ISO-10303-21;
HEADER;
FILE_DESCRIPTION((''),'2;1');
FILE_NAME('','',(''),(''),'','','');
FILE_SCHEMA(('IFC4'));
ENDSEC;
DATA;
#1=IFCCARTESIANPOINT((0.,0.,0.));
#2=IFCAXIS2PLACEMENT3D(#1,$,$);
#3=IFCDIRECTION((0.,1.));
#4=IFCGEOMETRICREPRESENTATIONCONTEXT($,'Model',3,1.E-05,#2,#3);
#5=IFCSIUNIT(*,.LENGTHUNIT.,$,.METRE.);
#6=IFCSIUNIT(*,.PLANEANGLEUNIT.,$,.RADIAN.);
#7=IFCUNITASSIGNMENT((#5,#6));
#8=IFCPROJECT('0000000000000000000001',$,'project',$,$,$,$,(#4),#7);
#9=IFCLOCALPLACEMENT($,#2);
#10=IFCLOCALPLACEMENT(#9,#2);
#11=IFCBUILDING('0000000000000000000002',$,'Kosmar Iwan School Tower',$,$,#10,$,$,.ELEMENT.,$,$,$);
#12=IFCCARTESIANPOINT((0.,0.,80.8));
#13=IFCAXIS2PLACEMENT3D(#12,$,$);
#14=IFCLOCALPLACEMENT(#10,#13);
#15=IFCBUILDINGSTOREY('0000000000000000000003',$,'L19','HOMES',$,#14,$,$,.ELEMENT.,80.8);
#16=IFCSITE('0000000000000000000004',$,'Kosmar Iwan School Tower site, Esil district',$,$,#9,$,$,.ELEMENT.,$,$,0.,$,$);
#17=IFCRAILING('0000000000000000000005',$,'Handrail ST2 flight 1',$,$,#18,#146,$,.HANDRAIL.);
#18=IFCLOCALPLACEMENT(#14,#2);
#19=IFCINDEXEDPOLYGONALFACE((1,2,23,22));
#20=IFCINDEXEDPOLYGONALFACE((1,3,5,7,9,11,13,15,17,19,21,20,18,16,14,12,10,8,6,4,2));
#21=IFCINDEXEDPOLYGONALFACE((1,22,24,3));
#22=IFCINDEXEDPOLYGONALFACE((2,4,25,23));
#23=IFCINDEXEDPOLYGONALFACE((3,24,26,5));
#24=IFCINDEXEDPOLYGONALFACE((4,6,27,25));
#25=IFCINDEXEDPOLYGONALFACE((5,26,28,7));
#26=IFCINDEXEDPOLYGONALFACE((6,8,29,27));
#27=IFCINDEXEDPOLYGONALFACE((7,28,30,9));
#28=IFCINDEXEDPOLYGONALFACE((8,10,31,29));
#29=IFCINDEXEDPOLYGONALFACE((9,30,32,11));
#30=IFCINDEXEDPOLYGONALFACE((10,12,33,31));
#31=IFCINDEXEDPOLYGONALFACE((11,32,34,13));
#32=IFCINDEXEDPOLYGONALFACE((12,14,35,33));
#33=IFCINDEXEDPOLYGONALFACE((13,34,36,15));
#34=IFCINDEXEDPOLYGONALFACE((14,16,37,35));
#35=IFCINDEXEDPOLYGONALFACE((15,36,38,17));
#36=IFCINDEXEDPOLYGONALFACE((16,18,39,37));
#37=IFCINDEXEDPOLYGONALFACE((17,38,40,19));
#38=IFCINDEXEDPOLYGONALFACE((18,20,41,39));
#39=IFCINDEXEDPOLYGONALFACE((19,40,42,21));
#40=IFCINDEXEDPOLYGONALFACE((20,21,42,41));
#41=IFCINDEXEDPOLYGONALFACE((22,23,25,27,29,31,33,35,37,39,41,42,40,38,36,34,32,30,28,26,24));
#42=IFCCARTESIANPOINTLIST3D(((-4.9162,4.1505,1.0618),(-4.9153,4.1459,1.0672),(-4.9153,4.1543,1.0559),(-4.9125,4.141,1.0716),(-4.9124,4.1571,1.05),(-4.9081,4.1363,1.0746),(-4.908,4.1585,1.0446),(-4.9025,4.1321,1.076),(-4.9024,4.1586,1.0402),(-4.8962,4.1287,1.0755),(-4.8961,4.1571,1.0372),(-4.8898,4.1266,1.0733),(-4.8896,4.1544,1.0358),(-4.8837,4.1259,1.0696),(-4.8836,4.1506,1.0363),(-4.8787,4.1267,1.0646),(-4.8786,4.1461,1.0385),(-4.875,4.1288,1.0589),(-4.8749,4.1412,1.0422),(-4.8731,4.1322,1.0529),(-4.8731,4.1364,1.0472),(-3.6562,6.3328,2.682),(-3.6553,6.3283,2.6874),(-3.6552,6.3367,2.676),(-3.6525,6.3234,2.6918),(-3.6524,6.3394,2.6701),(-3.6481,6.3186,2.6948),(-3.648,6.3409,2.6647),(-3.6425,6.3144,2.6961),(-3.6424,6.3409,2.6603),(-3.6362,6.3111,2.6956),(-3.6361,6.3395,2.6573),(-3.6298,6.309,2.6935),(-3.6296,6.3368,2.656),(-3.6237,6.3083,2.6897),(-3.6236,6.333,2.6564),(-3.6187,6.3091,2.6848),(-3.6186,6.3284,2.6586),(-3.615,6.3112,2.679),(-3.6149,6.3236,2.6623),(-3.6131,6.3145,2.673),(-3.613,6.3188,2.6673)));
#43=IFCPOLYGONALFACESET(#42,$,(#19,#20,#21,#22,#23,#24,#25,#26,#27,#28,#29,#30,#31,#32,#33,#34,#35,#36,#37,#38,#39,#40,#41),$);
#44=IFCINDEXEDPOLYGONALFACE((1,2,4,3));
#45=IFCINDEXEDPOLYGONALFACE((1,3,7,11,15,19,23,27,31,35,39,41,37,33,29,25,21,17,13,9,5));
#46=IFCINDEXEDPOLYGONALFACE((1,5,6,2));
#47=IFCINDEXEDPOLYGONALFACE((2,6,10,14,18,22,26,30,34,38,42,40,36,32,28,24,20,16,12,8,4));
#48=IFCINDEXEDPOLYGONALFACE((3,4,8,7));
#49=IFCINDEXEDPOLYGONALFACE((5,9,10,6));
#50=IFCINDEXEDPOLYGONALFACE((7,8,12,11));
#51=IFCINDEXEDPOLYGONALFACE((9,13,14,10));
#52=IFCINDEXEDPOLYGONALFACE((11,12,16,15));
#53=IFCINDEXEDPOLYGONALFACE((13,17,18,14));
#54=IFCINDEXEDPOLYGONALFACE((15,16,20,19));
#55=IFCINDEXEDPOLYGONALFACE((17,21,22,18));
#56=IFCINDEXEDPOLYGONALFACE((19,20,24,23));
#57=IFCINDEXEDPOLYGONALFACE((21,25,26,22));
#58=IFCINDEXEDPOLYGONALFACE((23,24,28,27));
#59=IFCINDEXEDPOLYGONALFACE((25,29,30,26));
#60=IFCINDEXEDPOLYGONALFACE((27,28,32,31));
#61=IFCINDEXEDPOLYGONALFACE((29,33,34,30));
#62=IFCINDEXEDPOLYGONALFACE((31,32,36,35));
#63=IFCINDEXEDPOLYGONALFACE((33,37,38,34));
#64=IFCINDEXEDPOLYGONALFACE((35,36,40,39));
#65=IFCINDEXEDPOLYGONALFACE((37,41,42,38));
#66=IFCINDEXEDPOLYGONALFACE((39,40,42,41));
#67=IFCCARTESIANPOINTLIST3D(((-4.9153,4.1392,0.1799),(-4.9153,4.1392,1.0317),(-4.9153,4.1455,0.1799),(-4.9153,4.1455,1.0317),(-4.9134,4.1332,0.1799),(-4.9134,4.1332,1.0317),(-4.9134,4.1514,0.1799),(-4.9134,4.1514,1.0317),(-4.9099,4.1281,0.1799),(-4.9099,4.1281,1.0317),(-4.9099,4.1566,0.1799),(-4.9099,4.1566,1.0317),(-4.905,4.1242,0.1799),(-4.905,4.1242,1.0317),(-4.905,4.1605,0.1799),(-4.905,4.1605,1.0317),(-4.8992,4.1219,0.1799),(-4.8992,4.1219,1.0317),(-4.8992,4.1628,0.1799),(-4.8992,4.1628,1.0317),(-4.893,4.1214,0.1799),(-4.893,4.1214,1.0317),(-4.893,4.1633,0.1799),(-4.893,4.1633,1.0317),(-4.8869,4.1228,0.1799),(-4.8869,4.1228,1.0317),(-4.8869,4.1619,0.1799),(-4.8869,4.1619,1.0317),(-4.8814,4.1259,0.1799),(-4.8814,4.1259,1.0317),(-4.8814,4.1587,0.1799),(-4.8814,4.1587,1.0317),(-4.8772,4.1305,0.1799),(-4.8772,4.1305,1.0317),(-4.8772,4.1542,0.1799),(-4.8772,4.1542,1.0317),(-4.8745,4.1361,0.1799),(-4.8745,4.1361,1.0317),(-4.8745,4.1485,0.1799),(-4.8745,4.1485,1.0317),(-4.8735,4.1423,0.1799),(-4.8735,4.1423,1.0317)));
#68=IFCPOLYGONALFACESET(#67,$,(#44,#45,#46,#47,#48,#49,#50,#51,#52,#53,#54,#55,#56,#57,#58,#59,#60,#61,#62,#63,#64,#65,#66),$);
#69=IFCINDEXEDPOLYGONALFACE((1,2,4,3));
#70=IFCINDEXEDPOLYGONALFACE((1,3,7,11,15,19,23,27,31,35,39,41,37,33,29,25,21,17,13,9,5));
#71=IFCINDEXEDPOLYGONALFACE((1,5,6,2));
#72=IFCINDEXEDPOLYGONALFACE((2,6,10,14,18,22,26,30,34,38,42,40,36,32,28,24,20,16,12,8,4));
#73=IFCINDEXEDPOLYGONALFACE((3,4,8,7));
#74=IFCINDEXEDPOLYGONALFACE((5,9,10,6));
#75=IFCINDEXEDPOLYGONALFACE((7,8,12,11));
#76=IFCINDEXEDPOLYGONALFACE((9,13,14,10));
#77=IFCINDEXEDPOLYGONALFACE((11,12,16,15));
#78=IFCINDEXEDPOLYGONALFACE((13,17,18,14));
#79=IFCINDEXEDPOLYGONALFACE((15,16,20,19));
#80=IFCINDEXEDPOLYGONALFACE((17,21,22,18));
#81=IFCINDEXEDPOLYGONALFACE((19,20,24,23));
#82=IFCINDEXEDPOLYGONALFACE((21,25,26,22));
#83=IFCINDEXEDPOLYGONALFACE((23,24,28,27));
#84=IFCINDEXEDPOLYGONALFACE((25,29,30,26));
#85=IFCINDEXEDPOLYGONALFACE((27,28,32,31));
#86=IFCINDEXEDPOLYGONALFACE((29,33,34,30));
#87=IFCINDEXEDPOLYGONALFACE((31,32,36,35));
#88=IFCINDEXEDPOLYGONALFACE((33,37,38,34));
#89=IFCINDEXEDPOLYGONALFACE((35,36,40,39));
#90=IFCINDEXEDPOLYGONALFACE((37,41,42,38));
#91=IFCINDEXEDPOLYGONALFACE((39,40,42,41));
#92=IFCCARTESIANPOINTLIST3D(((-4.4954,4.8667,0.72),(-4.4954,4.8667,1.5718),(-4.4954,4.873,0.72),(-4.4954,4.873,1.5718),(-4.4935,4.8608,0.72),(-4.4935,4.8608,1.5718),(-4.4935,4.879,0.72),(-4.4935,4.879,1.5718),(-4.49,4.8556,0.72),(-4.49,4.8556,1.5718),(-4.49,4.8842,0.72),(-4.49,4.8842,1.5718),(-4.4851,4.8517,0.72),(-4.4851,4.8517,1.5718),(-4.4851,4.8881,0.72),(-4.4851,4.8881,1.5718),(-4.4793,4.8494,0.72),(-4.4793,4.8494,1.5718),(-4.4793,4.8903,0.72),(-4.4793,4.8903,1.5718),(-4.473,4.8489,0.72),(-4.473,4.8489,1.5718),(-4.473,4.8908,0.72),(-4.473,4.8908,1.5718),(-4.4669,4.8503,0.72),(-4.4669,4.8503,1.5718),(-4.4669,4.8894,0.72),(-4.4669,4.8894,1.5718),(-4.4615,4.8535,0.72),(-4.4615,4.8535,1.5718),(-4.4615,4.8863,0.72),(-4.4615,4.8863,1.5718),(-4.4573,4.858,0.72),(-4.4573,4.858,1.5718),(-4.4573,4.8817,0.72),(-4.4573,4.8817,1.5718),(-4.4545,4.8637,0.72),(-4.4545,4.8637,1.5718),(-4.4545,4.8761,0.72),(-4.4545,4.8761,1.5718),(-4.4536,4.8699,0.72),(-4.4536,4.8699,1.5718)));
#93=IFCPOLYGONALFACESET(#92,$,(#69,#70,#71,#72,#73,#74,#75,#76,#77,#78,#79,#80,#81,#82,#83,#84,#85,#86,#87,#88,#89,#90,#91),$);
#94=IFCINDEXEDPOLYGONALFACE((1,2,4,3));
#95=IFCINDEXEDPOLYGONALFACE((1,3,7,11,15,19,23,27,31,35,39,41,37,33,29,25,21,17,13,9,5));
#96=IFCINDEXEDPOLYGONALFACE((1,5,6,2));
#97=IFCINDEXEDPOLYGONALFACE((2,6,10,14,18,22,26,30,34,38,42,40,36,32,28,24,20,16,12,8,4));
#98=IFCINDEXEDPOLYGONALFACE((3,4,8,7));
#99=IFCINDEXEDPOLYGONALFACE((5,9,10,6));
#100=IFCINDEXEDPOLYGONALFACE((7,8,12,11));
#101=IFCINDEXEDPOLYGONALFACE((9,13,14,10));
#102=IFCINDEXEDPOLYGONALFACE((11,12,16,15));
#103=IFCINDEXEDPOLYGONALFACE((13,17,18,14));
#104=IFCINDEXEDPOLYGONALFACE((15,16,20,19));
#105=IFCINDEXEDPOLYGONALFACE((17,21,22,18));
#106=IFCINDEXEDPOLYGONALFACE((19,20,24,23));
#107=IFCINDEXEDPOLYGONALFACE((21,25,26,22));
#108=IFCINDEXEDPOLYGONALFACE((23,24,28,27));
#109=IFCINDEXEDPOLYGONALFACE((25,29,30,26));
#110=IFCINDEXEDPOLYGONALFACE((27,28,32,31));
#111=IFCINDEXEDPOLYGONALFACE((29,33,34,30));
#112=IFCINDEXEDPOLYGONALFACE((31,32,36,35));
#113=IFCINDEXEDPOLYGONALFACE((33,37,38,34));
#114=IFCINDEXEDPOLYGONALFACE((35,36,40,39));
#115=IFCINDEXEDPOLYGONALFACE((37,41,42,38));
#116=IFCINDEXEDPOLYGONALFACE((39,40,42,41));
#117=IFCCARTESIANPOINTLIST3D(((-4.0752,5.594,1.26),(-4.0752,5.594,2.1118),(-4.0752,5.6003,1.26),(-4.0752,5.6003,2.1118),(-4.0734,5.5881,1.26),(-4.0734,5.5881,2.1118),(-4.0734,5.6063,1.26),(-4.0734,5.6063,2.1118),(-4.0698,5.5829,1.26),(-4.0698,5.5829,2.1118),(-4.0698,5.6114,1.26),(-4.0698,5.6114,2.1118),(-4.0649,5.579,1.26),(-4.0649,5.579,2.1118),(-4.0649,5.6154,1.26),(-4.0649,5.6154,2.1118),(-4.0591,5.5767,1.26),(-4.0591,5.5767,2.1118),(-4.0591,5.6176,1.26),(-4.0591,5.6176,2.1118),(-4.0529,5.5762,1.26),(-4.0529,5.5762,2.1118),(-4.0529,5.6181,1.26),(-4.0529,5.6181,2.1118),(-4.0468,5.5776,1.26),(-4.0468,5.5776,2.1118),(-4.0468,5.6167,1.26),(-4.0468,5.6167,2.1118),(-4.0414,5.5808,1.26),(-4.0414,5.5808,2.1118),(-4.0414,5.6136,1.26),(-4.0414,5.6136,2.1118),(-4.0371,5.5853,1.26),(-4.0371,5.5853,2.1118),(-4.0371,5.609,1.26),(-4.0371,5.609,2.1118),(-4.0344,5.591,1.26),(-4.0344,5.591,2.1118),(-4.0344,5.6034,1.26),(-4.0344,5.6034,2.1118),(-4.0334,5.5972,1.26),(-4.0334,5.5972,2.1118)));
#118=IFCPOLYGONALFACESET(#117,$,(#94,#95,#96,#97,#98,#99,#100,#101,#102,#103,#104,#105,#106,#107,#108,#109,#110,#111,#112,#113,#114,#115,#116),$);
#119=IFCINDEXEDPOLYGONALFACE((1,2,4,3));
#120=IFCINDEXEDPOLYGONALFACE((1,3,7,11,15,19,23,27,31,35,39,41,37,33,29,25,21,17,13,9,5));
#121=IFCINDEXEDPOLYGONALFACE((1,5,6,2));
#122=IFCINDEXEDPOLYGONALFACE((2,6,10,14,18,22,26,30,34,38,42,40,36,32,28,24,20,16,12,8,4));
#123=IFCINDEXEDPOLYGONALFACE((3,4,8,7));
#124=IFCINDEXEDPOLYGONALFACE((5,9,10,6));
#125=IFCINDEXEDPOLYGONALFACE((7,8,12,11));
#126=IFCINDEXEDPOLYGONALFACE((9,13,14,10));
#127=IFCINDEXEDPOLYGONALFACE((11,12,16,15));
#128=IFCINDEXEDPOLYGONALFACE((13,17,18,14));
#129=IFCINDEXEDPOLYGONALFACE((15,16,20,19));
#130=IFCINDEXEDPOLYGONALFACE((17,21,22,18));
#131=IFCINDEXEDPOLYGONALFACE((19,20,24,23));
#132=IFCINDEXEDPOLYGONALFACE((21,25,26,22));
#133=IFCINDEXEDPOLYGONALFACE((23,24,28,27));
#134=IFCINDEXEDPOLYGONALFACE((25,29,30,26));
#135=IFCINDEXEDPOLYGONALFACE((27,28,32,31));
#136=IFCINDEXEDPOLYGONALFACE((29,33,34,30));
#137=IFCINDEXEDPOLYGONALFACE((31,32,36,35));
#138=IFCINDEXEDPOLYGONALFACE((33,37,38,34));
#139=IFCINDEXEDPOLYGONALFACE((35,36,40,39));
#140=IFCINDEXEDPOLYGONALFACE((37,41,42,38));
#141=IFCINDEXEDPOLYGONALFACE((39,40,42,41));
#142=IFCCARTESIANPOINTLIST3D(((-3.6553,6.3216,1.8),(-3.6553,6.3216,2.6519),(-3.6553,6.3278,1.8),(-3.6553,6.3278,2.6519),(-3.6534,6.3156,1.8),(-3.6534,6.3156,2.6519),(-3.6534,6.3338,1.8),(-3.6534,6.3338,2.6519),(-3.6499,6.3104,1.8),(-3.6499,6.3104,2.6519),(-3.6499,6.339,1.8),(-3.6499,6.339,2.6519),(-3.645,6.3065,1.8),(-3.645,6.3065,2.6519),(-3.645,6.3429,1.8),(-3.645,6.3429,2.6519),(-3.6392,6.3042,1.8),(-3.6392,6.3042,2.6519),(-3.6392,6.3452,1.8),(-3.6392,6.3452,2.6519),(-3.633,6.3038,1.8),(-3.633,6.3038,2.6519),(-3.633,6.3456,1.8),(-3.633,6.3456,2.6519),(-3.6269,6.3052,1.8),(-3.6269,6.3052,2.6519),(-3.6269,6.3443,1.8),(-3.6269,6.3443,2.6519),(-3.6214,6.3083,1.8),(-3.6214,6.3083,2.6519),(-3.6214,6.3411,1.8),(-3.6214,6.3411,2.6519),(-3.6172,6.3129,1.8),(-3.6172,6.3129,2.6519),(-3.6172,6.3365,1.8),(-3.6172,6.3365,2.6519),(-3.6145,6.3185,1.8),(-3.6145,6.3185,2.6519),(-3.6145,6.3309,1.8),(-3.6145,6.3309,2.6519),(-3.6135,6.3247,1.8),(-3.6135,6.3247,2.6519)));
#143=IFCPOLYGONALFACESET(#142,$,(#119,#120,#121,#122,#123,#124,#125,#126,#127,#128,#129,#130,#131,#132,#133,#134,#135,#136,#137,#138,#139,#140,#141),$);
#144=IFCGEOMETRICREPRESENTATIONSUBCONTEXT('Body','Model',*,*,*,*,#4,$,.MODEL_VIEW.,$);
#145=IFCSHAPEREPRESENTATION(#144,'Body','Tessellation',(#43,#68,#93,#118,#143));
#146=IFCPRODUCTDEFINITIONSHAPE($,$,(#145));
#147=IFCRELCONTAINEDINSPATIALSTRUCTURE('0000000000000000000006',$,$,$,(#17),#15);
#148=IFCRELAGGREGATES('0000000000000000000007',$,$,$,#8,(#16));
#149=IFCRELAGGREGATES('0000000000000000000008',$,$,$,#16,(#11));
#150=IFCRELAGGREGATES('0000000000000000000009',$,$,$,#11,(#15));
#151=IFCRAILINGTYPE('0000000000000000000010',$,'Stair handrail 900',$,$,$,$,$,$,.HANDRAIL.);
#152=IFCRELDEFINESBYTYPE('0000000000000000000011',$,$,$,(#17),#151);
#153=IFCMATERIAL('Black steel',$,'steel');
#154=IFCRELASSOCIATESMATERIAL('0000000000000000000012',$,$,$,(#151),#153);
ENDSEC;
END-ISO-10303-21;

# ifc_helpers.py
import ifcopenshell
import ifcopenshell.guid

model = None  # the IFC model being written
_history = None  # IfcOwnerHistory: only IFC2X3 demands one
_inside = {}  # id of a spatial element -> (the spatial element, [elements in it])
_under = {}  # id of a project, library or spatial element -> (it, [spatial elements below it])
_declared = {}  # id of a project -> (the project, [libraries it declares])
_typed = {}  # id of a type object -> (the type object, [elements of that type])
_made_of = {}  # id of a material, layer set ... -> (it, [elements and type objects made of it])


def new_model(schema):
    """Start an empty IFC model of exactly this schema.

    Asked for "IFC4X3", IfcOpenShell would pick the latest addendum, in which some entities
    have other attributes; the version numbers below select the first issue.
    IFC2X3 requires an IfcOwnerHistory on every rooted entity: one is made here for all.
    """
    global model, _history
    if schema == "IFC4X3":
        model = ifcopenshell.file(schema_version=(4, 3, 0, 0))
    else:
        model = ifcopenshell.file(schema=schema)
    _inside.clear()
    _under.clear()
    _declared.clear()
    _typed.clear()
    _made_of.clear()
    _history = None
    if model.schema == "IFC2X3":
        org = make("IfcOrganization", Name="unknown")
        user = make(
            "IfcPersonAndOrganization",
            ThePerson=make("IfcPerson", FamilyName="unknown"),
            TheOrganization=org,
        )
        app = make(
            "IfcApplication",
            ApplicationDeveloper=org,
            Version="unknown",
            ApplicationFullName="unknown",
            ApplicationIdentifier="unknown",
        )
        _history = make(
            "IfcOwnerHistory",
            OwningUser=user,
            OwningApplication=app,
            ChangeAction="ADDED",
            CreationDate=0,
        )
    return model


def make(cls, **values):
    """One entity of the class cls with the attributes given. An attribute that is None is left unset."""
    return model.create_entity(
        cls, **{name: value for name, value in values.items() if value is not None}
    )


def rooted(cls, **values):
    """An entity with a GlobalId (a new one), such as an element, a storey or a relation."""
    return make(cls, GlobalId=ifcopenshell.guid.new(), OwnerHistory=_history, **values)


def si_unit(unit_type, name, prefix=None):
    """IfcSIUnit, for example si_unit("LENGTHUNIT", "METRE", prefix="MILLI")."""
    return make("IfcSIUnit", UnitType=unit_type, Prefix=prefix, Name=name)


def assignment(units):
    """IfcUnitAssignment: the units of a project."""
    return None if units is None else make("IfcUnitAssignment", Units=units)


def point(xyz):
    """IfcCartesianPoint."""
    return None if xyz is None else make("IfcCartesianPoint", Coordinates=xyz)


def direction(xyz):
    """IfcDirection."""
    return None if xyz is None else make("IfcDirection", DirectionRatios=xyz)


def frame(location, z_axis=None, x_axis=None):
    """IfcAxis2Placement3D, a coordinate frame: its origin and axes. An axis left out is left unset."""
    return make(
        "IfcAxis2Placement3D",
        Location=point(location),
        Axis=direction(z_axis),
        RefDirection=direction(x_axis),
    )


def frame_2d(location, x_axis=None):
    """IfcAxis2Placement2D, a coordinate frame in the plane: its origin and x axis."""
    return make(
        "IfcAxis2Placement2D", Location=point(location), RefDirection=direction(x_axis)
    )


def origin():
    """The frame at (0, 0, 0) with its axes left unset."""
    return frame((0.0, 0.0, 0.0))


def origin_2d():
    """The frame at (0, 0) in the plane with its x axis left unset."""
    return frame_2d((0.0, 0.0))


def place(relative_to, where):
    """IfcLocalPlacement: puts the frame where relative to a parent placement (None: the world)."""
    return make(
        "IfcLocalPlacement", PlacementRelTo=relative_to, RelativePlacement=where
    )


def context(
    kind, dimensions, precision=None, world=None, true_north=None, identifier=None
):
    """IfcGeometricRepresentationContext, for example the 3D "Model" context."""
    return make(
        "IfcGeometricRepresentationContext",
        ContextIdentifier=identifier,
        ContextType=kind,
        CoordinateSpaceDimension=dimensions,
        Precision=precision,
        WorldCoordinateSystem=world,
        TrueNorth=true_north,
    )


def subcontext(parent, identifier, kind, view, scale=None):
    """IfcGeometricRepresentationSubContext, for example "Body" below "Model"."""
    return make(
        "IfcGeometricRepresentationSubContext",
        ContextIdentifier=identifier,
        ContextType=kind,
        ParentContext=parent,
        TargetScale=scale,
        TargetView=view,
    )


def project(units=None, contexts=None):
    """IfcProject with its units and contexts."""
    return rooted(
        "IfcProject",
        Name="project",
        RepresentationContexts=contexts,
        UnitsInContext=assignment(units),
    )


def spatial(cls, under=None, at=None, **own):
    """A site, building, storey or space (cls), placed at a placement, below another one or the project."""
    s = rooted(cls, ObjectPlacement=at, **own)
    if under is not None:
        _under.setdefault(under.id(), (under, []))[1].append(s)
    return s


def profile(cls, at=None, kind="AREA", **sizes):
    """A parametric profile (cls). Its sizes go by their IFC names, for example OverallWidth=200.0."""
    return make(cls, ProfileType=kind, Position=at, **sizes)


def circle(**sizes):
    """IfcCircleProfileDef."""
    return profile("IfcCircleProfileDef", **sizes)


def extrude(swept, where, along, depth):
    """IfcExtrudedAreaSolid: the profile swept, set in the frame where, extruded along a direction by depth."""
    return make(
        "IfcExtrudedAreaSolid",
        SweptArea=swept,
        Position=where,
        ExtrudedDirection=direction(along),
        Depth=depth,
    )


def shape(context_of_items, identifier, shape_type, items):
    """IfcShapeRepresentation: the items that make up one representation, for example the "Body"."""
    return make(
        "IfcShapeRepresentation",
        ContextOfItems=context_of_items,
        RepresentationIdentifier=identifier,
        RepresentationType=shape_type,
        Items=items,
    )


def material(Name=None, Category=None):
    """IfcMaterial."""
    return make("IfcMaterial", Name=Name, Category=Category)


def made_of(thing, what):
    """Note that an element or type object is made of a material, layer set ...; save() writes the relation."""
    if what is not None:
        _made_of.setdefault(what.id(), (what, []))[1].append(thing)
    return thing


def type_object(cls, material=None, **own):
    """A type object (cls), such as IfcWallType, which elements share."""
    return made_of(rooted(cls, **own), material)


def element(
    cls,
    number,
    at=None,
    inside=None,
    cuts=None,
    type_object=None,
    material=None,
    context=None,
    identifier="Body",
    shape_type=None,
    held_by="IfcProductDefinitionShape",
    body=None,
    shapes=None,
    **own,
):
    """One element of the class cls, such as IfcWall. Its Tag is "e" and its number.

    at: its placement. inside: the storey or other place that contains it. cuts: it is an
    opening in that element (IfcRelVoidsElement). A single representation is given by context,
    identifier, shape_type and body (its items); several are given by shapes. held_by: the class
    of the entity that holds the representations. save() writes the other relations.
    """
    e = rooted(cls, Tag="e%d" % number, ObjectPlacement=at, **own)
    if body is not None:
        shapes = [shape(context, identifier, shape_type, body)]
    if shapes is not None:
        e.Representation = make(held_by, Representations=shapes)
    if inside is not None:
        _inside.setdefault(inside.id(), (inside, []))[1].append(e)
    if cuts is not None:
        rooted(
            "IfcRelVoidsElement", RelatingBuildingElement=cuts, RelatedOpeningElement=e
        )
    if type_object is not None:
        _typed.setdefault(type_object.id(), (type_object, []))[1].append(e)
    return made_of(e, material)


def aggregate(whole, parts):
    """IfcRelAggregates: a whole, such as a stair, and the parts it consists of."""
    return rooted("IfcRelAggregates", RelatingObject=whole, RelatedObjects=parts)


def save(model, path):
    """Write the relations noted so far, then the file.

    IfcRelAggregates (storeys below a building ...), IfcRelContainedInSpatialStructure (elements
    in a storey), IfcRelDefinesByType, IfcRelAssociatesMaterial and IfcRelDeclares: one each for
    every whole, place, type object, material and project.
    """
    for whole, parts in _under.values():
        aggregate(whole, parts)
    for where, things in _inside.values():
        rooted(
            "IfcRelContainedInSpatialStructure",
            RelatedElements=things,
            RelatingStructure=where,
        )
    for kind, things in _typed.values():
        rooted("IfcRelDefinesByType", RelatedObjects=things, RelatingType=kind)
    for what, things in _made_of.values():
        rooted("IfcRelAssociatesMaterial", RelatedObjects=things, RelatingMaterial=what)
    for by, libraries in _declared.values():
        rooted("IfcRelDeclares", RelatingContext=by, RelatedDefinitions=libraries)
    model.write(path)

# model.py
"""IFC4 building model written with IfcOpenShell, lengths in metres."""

from ifc_helpers import new_model, si_unit, direction, frame, origin, origin_2d, place, context, subcontext, project, spatial, circle, extrude, material, type_object, element, save


model = new_model("IFC4")

# Units and contexts
model_context = context("Model", 3, precision=1e-05, world=origin(), true_north=direction((0.0, 1.0)))
body_context = subcontext(model_context, "Body", "Model", "MODEL_VIEW")
ifc_project = project(units=[si_unit("LENGTHUNIT", "METRE"), si_unit("PLANEANGLEUNIT", "RADIAN")], contexts=[model_context])

# Site, building, storey
site_placement = place(None, origin())
site = spatial("IfcSite", under=ifc_project, at=site_placement, Name="Kosmar Iwan School Tower site, Esil district", CompositionType="ELEMENT", RefElevation=0.0)
building_placement = place(site_placement, origin())
building = spatial("IfcBuilding", under=site, at=building_placement, Name="Kosmar Iwan School Tower", CompositionType="ELEMENT")
storey_placement = place(building_placement, frame((0.0, 0.0, 80.8)))
storey = spatial("IfcBuildingStorey", under=building, at=storey_placement, Name="L19", Description="HOMES", CompositionType="ELEMENT", Elevation=80.8)

# Railing
ifc_material_1 = material(Name="Black steel", Category="steel")
railing_type = type_object("IfcRailingType", Name="Stair handrail 900", PredefinedType="HANDRAIL", material=ifc_material_1)
railing_1_placement = place(storey_placement, frame((-4.8945, 4.1423, 0.1799)))
element("IfcRailing", 1, at=railing_1_placement, inside=storey, type_object=railing_type, Name="Handrail ST2 flight 1", PredefinedType="HANDRAIL", context=body_context, shape_type="SweptSolid", body=[
    extrude(circle(Radius=0.0239, at=origin_2d()), frame((0.0, 0.0, 0.876), z_axis=(0.420584, 0.728464, 0.540786), x_axis=(-0.866023, 0.500005, 0.0)), (0.0, 0.0, 1.0), 2.9958),
    extrude(circle(Radius=0.021, at=origin_2d()), origin(), (0.0, 0.0, 1.0), 0.8518),
    extrude(circle(Radius=0.021, at=origin_2d()), frame((0.4199, 0.7275, 0.54)), (0.0, 0.0, 1.0), 0.8518),
    extrude(circle(Radius=0.021, at=origin_2d()), frame((0.8401, 1.4548, 1.0801)), (0.0, 0.0, 1.0), 0.8518),
    extrude(circle(Radius=0.021, at=origin_2d()), frame((1.26, 2.1824, 1.6201)), (0.0, 0.0, 1.0), 0.8518),
])

save(model, "model.ifc")
